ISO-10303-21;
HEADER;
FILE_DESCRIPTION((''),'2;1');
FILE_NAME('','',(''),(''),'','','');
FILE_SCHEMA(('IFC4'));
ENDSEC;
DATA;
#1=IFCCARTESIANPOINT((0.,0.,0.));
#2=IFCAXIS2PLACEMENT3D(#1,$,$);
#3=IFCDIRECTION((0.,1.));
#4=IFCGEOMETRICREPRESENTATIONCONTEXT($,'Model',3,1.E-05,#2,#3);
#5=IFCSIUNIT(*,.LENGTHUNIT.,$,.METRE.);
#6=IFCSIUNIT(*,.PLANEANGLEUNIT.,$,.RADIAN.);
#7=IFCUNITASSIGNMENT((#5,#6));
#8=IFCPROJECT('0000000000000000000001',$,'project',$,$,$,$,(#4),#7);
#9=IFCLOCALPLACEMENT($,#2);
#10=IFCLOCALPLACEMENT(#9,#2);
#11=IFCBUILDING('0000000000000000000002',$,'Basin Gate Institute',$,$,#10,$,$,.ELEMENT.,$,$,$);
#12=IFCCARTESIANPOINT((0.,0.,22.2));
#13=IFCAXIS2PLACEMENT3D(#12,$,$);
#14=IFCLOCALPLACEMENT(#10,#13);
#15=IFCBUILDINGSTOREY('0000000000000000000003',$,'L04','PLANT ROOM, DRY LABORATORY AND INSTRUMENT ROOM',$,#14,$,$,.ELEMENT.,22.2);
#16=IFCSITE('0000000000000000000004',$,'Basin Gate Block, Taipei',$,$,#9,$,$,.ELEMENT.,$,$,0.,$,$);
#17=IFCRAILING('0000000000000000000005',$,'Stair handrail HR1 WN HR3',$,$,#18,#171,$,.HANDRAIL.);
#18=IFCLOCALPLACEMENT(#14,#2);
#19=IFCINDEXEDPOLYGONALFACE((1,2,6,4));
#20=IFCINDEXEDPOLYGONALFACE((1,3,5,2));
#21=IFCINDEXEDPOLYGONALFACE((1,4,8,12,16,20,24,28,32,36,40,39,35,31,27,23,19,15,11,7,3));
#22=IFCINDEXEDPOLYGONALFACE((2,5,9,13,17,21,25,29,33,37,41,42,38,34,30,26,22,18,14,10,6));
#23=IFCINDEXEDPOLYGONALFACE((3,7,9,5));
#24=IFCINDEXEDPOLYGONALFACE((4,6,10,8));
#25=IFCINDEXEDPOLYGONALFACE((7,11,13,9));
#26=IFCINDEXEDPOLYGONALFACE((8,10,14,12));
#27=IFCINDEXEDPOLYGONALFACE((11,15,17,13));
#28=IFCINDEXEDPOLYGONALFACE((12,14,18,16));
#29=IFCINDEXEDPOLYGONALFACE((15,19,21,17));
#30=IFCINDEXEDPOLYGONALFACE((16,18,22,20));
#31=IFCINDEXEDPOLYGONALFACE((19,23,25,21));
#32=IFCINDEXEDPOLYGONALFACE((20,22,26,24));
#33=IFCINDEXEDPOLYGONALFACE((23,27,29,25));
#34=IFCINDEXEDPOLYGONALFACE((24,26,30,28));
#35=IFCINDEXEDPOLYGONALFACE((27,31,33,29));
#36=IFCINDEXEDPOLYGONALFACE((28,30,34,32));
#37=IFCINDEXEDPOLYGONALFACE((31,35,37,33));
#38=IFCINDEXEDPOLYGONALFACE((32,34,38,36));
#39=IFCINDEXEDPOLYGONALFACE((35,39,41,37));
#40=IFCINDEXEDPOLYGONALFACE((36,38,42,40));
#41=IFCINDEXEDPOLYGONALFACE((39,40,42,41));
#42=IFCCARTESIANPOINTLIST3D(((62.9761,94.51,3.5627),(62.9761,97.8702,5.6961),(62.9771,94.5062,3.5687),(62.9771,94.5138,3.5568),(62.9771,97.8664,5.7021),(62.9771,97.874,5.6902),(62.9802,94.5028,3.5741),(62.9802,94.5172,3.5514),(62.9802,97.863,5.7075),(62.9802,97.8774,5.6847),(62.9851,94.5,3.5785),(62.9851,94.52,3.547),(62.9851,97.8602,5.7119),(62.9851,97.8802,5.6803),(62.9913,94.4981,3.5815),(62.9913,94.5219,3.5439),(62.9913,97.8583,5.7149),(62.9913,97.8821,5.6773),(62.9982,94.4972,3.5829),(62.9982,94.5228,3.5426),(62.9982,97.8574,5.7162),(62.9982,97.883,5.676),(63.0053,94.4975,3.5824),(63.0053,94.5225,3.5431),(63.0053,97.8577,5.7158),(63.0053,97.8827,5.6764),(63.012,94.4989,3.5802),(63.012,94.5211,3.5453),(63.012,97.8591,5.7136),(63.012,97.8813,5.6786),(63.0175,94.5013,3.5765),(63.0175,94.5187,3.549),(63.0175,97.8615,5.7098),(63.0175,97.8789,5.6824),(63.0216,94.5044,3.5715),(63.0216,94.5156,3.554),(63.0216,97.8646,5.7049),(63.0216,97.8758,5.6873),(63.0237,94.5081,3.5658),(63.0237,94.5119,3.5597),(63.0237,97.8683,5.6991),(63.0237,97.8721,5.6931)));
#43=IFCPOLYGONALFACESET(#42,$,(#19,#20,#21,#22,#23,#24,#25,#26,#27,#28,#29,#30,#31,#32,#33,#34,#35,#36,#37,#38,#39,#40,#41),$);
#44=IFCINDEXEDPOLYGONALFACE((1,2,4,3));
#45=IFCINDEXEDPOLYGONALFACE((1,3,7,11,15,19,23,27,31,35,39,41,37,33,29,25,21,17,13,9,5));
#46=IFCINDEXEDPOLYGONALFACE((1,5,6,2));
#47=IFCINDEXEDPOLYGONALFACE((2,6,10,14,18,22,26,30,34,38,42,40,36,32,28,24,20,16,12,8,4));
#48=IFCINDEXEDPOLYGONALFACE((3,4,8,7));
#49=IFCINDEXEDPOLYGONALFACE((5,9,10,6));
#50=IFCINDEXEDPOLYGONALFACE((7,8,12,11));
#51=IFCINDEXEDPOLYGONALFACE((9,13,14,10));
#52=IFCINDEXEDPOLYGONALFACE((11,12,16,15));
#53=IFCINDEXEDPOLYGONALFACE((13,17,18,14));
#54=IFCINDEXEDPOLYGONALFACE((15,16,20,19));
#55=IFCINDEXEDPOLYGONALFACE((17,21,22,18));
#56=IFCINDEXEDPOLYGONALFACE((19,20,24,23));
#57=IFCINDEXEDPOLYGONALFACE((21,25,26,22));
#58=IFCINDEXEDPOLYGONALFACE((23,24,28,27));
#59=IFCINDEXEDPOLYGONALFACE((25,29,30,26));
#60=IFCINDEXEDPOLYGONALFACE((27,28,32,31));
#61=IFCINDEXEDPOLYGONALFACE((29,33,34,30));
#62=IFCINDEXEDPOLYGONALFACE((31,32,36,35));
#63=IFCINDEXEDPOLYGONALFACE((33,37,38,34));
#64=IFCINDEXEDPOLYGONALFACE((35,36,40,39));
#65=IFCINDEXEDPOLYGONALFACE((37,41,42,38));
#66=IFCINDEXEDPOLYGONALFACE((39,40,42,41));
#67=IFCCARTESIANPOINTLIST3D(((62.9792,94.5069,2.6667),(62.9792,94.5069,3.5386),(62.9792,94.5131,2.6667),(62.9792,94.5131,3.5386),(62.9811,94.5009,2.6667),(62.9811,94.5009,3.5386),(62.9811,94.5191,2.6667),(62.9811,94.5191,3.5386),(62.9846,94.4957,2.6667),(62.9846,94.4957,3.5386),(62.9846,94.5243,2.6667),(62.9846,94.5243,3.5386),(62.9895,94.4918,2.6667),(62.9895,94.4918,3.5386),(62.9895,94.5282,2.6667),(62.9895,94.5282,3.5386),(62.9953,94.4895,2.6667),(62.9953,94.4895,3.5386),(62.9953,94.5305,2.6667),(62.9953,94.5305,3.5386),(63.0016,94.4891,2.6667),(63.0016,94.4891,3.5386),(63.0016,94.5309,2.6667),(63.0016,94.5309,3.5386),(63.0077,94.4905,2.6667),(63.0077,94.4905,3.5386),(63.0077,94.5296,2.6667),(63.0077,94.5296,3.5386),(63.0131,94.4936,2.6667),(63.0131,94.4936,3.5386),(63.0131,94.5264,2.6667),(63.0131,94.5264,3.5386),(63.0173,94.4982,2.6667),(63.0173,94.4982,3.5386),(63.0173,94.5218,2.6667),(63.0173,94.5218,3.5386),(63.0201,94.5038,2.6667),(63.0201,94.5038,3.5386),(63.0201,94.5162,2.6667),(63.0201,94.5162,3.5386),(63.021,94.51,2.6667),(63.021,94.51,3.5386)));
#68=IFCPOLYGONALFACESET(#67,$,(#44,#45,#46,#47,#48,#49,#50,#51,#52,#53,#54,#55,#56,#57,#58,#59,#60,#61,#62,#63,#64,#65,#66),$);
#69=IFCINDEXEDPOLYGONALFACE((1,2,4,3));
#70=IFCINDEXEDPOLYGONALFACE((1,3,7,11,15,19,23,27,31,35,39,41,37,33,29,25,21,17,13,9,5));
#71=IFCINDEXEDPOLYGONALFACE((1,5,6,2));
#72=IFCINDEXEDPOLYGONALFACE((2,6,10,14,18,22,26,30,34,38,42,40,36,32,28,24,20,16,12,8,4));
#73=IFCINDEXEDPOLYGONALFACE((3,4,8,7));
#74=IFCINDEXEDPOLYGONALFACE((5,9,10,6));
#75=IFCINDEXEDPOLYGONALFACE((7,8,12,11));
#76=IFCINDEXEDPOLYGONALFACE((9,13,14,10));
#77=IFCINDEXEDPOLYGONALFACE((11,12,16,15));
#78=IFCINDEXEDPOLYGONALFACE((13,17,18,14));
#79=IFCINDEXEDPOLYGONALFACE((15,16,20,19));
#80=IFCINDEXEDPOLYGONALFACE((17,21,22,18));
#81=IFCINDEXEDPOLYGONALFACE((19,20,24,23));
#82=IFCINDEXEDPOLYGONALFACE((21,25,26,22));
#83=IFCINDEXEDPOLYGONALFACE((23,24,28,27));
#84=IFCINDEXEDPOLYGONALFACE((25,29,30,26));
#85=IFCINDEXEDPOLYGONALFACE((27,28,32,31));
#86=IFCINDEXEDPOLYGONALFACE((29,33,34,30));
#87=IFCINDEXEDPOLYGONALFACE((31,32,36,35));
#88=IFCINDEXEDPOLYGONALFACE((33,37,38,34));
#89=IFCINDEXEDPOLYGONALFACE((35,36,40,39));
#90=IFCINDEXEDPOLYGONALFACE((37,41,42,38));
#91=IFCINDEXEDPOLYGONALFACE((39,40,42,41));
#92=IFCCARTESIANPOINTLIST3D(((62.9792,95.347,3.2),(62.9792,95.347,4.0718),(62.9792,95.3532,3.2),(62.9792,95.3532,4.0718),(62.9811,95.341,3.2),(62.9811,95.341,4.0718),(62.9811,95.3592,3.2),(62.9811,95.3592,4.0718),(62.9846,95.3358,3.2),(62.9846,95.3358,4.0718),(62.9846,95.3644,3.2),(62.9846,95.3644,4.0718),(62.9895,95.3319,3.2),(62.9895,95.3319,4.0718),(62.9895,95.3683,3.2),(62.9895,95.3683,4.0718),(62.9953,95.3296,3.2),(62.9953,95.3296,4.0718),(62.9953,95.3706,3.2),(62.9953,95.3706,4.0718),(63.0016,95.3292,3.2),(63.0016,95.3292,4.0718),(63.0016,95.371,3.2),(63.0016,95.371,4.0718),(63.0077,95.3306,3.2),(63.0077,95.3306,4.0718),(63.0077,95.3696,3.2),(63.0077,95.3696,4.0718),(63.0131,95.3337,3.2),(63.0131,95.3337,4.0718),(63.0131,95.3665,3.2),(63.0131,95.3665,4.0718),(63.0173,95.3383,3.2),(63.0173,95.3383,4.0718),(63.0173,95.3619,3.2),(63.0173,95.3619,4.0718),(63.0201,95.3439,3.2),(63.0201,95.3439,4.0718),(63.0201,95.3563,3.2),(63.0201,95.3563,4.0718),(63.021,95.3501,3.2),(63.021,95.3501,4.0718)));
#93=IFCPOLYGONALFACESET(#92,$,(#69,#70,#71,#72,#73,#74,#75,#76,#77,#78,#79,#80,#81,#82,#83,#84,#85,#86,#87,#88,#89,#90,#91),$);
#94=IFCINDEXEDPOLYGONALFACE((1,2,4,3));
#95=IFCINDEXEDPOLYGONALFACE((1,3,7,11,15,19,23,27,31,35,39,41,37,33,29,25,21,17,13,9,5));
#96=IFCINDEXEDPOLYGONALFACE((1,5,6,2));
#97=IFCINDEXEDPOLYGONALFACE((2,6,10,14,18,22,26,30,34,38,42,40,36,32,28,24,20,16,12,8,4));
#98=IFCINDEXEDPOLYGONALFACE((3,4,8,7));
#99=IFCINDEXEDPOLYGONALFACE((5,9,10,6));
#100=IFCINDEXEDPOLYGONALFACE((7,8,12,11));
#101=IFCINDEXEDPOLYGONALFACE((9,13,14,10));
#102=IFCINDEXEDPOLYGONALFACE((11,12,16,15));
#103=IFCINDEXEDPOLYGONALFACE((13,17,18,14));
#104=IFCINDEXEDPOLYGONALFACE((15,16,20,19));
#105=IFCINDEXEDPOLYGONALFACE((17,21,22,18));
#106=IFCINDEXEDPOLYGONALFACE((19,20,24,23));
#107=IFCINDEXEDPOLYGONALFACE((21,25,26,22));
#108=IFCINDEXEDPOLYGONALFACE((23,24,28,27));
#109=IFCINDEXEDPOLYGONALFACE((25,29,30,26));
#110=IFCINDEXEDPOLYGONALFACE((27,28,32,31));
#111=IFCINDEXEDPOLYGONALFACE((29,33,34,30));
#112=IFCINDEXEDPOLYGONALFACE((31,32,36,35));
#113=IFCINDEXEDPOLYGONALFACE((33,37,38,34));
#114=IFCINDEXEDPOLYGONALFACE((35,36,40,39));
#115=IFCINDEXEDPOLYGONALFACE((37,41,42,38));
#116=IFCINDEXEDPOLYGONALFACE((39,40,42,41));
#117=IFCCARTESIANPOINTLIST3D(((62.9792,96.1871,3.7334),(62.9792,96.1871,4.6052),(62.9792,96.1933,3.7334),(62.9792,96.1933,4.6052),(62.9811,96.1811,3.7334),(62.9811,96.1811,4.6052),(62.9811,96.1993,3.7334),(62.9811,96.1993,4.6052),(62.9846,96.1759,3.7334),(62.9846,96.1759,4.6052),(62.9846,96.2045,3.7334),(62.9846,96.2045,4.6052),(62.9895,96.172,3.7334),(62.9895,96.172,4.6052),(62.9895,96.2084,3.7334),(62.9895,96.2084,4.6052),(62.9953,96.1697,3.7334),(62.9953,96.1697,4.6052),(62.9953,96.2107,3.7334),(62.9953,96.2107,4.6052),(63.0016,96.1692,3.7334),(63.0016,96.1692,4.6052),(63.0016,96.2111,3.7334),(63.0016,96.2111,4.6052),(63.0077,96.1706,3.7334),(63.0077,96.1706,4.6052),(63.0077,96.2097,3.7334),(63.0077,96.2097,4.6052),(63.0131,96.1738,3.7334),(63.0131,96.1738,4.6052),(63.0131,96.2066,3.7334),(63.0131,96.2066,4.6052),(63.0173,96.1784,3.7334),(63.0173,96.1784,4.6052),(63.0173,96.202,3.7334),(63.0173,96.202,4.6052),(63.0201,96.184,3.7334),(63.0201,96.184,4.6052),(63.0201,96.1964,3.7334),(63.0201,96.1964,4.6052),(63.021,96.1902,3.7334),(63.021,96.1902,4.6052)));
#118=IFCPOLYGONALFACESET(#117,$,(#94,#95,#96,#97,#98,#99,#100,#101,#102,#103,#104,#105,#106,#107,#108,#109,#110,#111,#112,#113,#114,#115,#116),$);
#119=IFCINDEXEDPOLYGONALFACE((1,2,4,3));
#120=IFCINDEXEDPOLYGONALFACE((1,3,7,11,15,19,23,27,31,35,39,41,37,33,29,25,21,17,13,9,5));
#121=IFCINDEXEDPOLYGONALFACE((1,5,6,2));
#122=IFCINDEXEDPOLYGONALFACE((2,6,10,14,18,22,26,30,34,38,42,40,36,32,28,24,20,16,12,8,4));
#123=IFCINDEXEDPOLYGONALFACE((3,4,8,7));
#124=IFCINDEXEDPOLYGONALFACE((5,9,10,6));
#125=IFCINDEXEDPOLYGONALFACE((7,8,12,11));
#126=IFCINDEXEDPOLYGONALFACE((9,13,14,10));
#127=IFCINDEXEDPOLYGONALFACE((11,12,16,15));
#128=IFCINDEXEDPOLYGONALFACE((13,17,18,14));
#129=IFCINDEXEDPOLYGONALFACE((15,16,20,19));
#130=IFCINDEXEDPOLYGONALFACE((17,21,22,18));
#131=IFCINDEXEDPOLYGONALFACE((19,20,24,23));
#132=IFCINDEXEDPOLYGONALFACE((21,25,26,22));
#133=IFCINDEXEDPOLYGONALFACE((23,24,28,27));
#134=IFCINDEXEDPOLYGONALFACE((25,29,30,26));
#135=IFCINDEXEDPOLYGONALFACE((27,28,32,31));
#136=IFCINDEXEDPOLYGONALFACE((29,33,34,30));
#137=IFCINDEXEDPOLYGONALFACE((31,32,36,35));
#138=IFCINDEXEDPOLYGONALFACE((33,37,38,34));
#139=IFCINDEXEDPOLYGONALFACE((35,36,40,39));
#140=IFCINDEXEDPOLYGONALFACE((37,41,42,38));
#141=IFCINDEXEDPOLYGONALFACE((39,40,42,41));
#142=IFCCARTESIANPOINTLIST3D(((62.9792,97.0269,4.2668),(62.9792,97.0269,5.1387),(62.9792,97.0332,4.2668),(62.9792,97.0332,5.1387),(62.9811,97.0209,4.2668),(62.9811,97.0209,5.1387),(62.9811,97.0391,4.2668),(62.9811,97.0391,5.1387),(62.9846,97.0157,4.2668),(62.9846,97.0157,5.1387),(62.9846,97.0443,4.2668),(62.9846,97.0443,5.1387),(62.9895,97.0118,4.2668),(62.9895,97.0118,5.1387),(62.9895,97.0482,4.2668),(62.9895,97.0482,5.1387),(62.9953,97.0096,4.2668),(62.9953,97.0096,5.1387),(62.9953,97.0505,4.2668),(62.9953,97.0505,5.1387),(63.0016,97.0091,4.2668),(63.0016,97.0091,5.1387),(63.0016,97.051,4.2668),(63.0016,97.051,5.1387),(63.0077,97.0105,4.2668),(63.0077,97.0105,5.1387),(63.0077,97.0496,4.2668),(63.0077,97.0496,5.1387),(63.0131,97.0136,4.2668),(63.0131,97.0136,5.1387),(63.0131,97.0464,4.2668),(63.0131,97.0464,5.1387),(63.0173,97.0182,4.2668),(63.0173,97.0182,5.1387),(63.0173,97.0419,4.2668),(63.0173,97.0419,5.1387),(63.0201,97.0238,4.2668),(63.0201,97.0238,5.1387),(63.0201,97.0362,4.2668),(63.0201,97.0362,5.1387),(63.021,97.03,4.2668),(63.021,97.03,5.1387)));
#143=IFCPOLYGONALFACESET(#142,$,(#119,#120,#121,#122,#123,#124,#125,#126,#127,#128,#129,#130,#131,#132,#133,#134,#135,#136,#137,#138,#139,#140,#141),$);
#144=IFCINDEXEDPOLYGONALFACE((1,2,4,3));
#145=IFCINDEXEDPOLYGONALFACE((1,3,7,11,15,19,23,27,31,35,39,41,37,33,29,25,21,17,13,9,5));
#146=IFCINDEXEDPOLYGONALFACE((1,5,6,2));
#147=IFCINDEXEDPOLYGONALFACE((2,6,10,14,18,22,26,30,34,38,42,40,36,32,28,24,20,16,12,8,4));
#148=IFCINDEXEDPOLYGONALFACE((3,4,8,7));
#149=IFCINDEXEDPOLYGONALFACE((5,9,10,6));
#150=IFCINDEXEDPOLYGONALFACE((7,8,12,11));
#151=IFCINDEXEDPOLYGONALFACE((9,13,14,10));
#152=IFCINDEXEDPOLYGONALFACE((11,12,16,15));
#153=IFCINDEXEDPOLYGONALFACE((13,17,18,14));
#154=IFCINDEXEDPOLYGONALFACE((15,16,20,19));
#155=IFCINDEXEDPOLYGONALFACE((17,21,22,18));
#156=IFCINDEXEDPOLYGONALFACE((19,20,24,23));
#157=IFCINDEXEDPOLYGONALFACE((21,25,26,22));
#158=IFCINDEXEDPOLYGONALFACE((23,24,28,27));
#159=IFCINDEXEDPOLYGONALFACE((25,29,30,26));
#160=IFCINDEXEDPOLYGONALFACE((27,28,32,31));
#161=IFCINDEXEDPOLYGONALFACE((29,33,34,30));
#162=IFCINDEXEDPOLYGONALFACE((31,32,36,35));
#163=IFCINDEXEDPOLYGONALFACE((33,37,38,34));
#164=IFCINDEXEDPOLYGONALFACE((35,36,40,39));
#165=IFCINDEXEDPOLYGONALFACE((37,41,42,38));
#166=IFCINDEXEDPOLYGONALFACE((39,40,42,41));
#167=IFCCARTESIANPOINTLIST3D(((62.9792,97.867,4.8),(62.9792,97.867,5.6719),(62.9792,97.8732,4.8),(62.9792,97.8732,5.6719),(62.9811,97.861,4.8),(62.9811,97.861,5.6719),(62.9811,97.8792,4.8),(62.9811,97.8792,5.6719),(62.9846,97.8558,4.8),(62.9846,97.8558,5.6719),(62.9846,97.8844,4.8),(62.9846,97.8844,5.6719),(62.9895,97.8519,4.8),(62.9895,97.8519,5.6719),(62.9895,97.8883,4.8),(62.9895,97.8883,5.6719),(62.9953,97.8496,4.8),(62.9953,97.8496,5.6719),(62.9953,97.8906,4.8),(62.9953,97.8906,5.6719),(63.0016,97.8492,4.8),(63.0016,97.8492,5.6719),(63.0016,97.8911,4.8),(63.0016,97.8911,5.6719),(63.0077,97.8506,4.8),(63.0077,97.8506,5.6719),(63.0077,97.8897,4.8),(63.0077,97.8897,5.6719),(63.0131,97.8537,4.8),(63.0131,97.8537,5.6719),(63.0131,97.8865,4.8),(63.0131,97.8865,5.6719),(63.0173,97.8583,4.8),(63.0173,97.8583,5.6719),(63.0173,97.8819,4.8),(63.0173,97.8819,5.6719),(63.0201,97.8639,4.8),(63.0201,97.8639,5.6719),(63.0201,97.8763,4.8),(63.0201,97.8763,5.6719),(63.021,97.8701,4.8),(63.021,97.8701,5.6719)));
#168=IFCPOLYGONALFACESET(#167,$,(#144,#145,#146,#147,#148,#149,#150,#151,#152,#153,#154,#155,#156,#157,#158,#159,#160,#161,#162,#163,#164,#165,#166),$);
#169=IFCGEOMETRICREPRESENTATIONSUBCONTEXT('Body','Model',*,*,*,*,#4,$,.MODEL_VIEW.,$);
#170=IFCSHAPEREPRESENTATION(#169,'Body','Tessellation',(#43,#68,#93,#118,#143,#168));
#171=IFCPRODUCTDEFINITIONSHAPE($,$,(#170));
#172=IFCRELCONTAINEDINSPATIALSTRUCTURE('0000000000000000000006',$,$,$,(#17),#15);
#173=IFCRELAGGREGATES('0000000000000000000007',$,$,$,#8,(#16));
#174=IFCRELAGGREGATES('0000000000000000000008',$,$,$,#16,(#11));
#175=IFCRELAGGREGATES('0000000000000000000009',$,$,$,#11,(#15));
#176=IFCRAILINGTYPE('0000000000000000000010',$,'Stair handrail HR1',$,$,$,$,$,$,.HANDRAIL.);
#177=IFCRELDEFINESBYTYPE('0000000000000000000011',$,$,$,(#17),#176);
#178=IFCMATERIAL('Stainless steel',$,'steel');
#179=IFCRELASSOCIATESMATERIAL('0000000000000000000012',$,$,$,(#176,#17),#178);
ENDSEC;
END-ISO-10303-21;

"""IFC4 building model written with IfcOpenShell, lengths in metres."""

from ifc_helpers import new_model, si_unit, direction, frame, origin, origin_2d, place, context, subcontext, project, spatial, circle, extrude, material, type_object, element, save


model = new_model("IFC4")

# Units and contexts
model_context = context("Model", 3, precision=1e-05, world=origin(), true_north=direction((0.0, 1.0)))
body_context = subcontext(model_context, "Body", "Model", "MODEL_VIEW")
ifc_project = project(units=[si_unit("LENGTHUNIT", "METRE"), si_unit("PLANEANGLEUNIT", "RADIAN")], contexts=[model_context])

# Site, building, storey
site_placement = place(None, origin())
site = spatial("IfcSite", under=ifc_project, at=site_placement, Name="Basin Gate Block, Taipei", CompositionType="ELEMENT", RefElevation=0.0)
building_placement = place(site_placement, origin())
building = spatial("IfcBuilding", under=site, at=building_placement, Name="Basin Gate Institute", CompositionType="ELEMENT")
storey_placement = place(building_placement, frame((0.0, 0.0, 22.2)))
storey = spatial("IfcBuildingStorey", under=building, at=storey_placement, Name="L04", Description="PLANT ROOM, DRY LABORATORY AND INSTRUMENT ROOM", CompositionType="ELEMENT", Elevation=22.2)

# Railing
ifc_material_1 = material(Name="Stainless steel", Category="steel")
railing_type_1 = type_object("IfcRailingType", Name="Stair handrail HR1", PredefinedType="HANDRAIL", material=ifc_material_1)
railing_1_placement = place(storey_placement, frame((63.0, 94.51, 2.6667)))
element("IfcRailing", 1, at=railing_1_placement, inside=storey, type_object=railing_type_1, material=ifc_material_1, Name="Stair handrail HR1 WN HR3", PredefinedType="HANDRAIL", context=body_context, shape_type="SweptSolid", body=[
    extrude(circle(Radius=0.0239, at=origin_2d()), frame((0.0, 0.0, 0.896), z_axis=(0.0, 0.844224, 0.53599), x_axis=(-1.0, 0.0, 0.0)), (0.0, 0.0, 1.0), 3.9802),
    extrude(circle(Radius=0.021, at=origin_2d()), origin(), (0.0, 0.0, 1.0), 0.8718),
    extrude(circle(Radius=0.021, at=origin_2d()), frame((0.0, 0.8401, 0.5332)), (0.0, 0.0, 1.0), 0.8718),
    extrude(circle(Radius=0.021, at=origin_2d()), frame((0.0, 1.6802, 1.0667)), (0.0, 0.0, 1.0), 0.8718),
    extrude(circle(Radius=0.021, at=origin_2d()), frame((0.0, 2.52, 1.6001)), (0.0, 0.0, 1.0), 0.8718),
    extrude(circle(Radius=0.021, at=origin_2d()), frame((0.0, 3.3601, 2.1333)), (0.0, 0.0, 1.0), 0.8718),
])

save(model, "model.ifc")
